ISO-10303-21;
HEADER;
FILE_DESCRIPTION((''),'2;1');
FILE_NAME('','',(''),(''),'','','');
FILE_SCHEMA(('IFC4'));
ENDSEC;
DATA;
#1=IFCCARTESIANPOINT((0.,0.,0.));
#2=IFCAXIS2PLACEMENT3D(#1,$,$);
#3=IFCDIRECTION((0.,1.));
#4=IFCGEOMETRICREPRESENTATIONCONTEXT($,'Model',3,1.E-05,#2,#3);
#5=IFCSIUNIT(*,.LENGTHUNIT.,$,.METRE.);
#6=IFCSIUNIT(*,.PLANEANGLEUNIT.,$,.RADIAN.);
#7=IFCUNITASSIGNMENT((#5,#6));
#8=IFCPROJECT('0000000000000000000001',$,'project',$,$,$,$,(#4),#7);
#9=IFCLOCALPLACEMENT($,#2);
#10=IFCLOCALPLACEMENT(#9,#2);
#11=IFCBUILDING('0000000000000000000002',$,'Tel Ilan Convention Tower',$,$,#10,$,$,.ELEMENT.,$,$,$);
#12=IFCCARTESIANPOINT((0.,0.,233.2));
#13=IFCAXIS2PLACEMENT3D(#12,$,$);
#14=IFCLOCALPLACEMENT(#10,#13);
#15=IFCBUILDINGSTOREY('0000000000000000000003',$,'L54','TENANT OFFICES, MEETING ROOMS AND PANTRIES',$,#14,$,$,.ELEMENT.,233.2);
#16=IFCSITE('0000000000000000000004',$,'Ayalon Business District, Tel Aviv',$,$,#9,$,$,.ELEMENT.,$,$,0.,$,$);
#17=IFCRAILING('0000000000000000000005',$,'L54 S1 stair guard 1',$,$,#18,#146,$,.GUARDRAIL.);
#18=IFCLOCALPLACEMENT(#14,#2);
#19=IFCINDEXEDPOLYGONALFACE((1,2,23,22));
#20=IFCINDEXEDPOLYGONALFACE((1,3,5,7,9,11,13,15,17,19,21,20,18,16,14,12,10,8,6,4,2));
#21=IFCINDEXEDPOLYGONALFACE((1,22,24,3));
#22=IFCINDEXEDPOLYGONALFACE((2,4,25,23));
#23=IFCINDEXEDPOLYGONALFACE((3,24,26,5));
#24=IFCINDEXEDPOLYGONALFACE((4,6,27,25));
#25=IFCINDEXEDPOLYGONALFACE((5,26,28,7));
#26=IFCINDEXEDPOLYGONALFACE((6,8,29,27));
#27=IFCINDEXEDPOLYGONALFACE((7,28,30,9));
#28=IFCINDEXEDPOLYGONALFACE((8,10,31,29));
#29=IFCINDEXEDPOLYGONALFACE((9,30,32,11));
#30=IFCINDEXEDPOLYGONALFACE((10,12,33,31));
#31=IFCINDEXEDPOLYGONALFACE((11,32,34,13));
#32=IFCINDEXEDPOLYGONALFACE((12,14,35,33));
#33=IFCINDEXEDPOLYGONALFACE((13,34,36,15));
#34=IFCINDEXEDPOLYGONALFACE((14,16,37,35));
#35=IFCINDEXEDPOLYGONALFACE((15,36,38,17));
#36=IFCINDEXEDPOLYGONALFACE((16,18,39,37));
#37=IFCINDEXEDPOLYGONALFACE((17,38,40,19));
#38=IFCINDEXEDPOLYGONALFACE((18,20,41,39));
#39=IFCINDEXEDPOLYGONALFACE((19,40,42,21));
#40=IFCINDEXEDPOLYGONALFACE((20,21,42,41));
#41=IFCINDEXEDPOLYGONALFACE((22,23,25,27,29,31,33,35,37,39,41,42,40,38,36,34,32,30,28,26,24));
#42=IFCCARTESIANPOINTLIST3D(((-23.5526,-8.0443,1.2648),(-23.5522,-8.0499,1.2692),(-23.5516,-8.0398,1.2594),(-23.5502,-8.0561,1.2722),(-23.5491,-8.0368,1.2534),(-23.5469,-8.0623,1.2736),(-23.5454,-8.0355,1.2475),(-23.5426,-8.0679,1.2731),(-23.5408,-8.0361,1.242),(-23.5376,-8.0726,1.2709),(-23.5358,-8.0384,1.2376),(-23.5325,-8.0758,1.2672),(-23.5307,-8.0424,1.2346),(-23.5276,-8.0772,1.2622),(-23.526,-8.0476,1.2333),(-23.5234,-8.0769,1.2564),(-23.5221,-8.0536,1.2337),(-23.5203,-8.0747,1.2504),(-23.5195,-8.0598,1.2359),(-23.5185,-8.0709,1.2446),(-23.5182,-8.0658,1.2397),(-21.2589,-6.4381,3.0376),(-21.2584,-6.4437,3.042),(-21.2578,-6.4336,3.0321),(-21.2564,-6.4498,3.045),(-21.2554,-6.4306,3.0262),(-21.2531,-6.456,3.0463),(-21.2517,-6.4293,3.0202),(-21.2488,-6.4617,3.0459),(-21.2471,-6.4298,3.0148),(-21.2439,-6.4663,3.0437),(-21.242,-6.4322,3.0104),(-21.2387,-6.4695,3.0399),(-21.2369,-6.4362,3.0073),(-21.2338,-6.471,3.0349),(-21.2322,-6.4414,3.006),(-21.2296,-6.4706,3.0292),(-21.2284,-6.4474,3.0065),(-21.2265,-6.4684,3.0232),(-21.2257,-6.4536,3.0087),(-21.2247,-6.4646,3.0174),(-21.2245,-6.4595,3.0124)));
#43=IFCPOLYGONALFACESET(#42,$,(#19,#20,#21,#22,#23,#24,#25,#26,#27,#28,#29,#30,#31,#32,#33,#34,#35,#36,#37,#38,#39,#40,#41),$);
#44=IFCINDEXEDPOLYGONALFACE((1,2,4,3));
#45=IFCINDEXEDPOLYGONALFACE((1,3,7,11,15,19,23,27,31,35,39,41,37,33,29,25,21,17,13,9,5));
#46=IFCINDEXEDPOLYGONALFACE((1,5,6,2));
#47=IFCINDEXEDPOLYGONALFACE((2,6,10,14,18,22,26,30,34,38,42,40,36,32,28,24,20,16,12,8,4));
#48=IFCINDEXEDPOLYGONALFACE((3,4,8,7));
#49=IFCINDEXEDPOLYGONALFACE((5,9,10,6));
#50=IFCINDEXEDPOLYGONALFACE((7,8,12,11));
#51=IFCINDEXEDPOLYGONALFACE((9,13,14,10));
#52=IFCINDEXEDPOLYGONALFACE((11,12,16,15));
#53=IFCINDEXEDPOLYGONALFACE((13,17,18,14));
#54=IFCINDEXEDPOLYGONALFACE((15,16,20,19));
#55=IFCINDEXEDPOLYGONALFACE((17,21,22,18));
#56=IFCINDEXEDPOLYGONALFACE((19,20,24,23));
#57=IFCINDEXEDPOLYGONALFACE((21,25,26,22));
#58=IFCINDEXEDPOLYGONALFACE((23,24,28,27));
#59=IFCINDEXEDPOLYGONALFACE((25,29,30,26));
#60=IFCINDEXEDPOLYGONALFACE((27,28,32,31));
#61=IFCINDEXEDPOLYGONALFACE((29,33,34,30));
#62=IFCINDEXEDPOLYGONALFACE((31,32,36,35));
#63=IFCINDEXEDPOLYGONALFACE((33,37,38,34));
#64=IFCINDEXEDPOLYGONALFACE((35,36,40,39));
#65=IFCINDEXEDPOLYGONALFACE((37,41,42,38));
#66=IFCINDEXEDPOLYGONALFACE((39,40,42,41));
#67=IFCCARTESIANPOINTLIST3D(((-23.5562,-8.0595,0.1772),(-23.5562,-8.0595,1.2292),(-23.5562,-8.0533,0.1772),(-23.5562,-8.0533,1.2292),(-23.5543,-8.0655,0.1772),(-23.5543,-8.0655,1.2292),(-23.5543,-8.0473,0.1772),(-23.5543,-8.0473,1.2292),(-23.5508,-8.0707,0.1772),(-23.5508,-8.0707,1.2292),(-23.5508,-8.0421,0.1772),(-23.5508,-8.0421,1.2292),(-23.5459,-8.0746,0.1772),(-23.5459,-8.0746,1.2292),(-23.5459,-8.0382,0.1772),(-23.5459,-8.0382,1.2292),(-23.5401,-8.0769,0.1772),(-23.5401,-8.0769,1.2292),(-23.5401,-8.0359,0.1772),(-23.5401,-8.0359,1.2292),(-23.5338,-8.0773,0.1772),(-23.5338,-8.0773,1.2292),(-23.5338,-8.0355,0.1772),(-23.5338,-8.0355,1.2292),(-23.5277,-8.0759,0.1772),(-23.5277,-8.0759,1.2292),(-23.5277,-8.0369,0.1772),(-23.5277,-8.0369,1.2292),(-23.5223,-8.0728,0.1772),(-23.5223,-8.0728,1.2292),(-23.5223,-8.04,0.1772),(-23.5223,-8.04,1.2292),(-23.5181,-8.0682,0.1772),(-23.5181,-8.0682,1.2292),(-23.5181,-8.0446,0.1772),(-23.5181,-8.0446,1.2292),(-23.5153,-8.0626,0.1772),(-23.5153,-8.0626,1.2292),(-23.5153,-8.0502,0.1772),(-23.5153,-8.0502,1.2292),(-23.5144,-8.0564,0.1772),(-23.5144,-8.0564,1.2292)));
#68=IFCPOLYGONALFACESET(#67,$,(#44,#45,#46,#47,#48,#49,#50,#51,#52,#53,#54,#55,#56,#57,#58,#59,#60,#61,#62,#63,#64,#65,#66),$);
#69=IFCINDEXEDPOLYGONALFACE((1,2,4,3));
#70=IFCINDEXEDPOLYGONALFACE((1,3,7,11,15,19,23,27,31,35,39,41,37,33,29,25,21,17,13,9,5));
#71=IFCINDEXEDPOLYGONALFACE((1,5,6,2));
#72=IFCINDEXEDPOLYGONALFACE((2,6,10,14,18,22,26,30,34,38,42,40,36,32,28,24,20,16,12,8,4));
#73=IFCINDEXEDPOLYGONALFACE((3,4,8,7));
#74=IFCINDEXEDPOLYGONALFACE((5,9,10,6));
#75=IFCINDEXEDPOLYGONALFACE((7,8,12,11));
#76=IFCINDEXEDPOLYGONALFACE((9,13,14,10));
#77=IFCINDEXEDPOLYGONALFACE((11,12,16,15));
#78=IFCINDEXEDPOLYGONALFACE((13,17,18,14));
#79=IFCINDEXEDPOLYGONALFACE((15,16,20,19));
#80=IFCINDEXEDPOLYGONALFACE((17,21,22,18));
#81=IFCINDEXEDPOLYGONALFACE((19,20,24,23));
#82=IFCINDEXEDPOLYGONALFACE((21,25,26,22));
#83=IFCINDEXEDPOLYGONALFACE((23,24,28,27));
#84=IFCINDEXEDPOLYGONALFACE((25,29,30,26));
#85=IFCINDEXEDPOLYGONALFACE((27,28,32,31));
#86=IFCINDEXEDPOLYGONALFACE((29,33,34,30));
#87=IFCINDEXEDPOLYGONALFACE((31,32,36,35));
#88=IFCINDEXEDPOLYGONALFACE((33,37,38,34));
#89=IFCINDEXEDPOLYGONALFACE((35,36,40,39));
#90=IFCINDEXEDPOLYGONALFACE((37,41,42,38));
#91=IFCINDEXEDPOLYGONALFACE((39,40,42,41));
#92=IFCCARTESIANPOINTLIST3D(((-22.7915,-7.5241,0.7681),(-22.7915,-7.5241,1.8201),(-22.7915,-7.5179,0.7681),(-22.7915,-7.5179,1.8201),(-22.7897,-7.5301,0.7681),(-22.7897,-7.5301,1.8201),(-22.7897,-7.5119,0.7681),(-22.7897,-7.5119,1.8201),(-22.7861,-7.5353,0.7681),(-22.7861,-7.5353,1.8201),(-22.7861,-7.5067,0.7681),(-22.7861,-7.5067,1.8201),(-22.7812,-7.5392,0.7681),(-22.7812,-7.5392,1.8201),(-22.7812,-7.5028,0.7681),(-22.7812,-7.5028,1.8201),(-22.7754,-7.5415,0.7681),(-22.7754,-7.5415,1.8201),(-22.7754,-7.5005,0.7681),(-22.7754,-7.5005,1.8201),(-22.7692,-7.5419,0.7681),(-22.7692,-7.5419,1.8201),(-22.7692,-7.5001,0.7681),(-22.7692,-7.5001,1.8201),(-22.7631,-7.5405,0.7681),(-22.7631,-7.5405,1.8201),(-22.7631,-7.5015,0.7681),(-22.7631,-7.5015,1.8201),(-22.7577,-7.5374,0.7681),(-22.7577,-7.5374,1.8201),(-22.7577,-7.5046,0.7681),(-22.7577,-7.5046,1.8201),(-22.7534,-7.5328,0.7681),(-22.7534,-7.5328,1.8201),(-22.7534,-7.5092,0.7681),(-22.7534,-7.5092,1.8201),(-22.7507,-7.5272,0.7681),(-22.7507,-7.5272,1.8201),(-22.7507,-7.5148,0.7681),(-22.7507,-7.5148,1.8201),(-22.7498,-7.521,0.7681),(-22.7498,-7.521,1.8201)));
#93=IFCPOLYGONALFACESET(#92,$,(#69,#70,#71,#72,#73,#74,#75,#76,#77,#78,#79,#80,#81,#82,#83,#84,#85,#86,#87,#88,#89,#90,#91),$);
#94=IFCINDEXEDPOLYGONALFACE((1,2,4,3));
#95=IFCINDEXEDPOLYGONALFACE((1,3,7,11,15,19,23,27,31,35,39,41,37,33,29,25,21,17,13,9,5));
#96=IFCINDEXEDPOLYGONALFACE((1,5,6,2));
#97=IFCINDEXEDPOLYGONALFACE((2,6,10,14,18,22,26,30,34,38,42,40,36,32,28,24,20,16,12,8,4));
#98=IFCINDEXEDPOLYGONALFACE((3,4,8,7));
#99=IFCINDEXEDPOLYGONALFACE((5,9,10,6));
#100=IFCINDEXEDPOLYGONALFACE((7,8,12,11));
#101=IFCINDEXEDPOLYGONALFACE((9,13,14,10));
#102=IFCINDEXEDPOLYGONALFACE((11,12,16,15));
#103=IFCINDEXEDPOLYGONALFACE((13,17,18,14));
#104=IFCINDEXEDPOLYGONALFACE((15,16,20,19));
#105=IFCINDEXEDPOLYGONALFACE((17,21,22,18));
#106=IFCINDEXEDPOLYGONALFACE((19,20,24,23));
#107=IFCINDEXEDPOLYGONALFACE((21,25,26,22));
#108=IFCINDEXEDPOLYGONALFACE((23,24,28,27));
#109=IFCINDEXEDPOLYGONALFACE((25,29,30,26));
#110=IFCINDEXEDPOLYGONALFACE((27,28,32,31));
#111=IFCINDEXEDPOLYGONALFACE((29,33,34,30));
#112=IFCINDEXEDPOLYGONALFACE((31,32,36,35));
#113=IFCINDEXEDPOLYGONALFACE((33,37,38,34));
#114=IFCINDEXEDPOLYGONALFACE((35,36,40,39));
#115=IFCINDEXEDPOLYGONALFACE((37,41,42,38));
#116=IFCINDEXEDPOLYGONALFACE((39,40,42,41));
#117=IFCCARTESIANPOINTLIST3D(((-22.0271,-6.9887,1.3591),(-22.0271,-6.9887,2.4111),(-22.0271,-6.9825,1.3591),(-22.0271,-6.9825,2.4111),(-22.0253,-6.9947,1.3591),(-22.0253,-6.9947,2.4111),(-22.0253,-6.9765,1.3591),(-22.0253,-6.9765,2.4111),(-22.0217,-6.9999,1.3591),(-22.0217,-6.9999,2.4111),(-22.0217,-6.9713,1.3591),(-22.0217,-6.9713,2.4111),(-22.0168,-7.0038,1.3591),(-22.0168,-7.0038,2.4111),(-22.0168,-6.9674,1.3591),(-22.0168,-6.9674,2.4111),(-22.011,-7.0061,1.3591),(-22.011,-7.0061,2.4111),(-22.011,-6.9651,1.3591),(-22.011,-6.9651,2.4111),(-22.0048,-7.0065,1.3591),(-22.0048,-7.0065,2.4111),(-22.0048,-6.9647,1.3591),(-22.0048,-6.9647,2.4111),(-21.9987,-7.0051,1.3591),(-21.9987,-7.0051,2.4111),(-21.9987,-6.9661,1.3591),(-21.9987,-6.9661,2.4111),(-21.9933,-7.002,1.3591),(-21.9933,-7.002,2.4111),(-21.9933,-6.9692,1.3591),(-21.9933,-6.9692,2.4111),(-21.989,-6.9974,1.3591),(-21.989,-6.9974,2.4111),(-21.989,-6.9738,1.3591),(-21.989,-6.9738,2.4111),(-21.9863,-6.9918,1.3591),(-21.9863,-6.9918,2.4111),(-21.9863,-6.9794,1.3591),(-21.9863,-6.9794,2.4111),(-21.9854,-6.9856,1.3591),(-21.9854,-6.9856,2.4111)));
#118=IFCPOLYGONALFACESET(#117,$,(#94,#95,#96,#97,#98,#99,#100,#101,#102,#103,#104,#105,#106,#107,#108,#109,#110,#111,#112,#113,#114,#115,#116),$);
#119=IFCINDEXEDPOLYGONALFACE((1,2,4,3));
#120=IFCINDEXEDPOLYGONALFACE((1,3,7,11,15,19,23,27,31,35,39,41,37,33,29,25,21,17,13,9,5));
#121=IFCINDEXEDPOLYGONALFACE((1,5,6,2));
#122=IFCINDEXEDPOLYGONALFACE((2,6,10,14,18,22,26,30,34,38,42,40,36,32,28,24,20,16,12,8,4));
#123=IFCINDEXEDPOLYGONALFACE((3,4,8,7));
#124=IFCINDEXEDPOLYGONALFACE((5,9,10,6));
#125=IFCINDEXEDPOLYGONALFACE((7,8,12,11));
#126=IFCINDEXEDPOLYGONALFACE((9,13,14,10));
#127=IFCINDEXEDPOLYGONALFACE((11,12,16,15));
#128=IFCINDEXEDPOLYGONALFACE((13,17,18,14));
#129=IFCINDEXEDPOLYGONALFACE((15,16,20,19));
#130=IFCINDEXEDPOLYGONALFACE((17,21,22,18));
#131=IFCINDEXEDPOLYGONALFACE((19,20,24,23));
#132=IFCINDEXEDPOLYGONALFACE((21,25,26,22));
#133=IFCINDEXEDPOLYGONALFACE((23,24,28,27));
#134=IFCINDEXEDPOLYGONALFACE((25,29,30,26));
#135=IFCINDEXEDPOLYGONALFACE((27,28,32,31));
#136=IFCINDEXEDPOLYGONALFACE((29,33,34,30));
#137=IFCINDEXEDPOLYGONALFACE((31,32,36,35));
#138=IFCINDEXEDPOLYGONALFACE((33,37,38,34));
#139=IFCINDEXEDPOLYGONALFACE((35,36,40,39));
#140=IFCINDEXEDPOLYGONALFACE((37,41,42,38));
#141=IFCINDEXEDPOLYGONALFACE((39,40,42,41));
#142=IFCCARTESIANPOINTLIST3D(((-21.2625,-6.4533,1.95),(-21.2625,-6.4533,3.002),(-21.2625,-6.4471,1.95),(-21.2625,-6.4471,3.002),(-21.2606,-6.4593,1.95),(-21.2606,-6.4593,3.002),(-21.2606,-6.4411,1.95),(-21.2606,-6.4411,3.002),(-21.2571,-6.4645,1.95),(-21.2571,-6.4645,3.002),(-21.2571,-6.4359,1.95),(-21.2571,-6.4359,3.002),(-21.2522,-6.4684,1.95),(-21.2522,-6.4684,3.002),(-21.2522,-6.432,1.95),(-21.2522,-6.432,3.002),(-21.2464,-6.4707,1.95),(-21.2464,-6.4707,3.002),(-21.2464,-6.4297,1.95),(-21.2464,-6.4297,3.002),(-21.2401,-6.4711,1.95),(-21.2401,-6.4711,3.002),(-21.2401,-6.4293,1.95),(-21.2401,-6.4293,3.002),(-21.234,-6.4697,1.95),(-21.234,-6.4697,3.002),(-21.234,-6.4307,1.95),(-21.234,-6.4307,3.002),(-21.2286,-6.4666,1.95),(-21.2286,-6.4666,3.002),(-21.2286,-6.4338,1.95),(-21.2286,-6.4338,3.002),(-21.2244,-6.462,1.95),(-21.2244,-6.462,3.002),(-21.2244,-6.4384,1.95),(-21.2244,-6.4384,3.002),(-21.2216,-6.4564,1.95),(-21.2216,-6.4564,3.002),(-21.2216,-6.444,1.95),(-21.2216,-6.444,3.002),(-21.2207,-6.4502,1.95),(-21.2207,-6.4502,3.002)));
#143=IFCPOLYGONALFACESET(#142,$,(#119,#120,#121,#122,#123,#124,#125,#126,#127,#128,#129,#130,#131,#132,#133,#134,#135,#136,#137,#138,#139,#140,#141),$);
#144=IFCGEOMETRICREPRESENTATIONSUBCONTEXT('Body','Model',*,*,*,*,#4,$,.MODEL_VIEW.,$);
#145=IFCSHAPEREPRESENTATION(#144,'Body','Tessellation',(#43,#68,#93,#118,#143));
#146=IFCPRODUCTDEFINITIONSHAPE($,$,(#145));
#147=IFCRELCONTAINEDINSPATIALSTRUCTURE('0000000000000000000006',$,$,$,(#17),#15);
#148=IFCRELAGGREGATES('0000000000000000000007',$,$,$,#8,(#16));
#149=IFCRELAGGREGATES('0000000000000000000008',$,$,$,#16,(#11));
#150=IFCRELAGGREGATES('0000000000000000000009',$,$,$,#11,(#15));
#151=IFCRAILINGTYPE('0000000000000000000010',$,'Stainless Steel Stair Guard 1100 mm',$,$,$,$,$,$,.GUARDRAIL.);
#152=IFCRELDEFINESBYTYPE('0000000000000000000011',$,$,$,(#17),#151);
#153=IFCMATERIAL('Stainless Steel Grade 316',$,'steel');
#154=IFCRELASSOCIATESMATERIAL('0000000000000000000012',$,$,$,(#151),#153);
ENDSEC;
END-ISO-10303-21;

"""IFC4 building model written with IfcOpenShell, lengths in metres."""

from ifc_helpers import new_model, si_unit, direction, frame, origin, origin_2d, place, context, subcontext, project, spatial, circle, extrude, material, type_object, element, save


model = new_model("IFC4")

# Units and contexts
model_context = context("Model", 3, precision=1e-05, world=origin(), true_north=direction((0.0, 1.0)))
body_context = subcontext(model_context, "Body", "Model", "MODEL_VIEW")
ifc_project = project(units=[si_unit("LENGTHUNIT", "METRE"), si_unit("PLANEANGLEUNIT", "RADIAN")], contexts=[model_context])

# Site, building, storey
site_placement = place(None, origin())
site = spatial("IfcSite", under=ifc_project, at=site_placement, Name="Ayalon Business District, Tel Aviv", CompositionType="ELEMENT", RefElevation=0.0)
building_placement = place(site_placement, origin())
building = spatial("IfcBuilding", under=site, at=building_placement, Name="Tel Ilan Convention Tower", CompositionType="ELEMENT")
storey_placement = place(building_placement, frame((0.0, 0.0, 233.2)))
storey = spatial("IfcBuildingStorey", under=building, at=storey_placement, Name="L54", Description="TENANT OFFICES, MEETING ROOMS AND PANTRIES", CompositionType="ELEMENT", Elevation=233.2)

# Railing
ifc_material_1 = material(Name="Stainless Steel Grade 316", Category="steel")
railing_type = type_object("IfcRailingType", Name="Stainless Steel Stair Guard 1100 mm", PredefinedType="GUARDRAIL", material=ifc_material_1)
railing_1_placement = place(storey_placement, frame((-23.5354, -8.0564, 0.1772)))
element("IfcRailing", 1, at=railing_1_placement, inside=storey, type_object=railing_type, Name="L54 S1 stair guard 1", PredefinedType="GUARDRAIL", context=body_context, shape_type="SweptSolid", body=[
    extrude(circle(Radius=0.0239, at=origin_2d()), frame((0.0, 0.0, 1.0762), z_axis=(0.692098, 0.484653, 0.534894), x_axis=(-0.573609, 0.81913, 0.0)), (0.0, 0.0, 1.0), 3.3142),
    extrude(circle(Radius=0.021, at=origin_2d()), origin(), (0.0, 0.0, 1.0), 1.052),
    extrude(circle(Radius=0.021, at=origin_2d()), frame((0.7646, 0.5354, 0.5908)), (0.0, 0.0, 1.0), 1.052),
    extrude(circle(Radius=0.021, at=origin_2d()), frame((1.5291, 1.0708, 1.1819)), (0.0, 0.0, 1.0), 1.052),
    extrude(circle(Radius=0.021, at=origin_2d()), frame((2.2937, 1.6062, 1.7727)), (0.0, 0.0, 1.0), 1.052),
])

save(model, "model.ifc")
